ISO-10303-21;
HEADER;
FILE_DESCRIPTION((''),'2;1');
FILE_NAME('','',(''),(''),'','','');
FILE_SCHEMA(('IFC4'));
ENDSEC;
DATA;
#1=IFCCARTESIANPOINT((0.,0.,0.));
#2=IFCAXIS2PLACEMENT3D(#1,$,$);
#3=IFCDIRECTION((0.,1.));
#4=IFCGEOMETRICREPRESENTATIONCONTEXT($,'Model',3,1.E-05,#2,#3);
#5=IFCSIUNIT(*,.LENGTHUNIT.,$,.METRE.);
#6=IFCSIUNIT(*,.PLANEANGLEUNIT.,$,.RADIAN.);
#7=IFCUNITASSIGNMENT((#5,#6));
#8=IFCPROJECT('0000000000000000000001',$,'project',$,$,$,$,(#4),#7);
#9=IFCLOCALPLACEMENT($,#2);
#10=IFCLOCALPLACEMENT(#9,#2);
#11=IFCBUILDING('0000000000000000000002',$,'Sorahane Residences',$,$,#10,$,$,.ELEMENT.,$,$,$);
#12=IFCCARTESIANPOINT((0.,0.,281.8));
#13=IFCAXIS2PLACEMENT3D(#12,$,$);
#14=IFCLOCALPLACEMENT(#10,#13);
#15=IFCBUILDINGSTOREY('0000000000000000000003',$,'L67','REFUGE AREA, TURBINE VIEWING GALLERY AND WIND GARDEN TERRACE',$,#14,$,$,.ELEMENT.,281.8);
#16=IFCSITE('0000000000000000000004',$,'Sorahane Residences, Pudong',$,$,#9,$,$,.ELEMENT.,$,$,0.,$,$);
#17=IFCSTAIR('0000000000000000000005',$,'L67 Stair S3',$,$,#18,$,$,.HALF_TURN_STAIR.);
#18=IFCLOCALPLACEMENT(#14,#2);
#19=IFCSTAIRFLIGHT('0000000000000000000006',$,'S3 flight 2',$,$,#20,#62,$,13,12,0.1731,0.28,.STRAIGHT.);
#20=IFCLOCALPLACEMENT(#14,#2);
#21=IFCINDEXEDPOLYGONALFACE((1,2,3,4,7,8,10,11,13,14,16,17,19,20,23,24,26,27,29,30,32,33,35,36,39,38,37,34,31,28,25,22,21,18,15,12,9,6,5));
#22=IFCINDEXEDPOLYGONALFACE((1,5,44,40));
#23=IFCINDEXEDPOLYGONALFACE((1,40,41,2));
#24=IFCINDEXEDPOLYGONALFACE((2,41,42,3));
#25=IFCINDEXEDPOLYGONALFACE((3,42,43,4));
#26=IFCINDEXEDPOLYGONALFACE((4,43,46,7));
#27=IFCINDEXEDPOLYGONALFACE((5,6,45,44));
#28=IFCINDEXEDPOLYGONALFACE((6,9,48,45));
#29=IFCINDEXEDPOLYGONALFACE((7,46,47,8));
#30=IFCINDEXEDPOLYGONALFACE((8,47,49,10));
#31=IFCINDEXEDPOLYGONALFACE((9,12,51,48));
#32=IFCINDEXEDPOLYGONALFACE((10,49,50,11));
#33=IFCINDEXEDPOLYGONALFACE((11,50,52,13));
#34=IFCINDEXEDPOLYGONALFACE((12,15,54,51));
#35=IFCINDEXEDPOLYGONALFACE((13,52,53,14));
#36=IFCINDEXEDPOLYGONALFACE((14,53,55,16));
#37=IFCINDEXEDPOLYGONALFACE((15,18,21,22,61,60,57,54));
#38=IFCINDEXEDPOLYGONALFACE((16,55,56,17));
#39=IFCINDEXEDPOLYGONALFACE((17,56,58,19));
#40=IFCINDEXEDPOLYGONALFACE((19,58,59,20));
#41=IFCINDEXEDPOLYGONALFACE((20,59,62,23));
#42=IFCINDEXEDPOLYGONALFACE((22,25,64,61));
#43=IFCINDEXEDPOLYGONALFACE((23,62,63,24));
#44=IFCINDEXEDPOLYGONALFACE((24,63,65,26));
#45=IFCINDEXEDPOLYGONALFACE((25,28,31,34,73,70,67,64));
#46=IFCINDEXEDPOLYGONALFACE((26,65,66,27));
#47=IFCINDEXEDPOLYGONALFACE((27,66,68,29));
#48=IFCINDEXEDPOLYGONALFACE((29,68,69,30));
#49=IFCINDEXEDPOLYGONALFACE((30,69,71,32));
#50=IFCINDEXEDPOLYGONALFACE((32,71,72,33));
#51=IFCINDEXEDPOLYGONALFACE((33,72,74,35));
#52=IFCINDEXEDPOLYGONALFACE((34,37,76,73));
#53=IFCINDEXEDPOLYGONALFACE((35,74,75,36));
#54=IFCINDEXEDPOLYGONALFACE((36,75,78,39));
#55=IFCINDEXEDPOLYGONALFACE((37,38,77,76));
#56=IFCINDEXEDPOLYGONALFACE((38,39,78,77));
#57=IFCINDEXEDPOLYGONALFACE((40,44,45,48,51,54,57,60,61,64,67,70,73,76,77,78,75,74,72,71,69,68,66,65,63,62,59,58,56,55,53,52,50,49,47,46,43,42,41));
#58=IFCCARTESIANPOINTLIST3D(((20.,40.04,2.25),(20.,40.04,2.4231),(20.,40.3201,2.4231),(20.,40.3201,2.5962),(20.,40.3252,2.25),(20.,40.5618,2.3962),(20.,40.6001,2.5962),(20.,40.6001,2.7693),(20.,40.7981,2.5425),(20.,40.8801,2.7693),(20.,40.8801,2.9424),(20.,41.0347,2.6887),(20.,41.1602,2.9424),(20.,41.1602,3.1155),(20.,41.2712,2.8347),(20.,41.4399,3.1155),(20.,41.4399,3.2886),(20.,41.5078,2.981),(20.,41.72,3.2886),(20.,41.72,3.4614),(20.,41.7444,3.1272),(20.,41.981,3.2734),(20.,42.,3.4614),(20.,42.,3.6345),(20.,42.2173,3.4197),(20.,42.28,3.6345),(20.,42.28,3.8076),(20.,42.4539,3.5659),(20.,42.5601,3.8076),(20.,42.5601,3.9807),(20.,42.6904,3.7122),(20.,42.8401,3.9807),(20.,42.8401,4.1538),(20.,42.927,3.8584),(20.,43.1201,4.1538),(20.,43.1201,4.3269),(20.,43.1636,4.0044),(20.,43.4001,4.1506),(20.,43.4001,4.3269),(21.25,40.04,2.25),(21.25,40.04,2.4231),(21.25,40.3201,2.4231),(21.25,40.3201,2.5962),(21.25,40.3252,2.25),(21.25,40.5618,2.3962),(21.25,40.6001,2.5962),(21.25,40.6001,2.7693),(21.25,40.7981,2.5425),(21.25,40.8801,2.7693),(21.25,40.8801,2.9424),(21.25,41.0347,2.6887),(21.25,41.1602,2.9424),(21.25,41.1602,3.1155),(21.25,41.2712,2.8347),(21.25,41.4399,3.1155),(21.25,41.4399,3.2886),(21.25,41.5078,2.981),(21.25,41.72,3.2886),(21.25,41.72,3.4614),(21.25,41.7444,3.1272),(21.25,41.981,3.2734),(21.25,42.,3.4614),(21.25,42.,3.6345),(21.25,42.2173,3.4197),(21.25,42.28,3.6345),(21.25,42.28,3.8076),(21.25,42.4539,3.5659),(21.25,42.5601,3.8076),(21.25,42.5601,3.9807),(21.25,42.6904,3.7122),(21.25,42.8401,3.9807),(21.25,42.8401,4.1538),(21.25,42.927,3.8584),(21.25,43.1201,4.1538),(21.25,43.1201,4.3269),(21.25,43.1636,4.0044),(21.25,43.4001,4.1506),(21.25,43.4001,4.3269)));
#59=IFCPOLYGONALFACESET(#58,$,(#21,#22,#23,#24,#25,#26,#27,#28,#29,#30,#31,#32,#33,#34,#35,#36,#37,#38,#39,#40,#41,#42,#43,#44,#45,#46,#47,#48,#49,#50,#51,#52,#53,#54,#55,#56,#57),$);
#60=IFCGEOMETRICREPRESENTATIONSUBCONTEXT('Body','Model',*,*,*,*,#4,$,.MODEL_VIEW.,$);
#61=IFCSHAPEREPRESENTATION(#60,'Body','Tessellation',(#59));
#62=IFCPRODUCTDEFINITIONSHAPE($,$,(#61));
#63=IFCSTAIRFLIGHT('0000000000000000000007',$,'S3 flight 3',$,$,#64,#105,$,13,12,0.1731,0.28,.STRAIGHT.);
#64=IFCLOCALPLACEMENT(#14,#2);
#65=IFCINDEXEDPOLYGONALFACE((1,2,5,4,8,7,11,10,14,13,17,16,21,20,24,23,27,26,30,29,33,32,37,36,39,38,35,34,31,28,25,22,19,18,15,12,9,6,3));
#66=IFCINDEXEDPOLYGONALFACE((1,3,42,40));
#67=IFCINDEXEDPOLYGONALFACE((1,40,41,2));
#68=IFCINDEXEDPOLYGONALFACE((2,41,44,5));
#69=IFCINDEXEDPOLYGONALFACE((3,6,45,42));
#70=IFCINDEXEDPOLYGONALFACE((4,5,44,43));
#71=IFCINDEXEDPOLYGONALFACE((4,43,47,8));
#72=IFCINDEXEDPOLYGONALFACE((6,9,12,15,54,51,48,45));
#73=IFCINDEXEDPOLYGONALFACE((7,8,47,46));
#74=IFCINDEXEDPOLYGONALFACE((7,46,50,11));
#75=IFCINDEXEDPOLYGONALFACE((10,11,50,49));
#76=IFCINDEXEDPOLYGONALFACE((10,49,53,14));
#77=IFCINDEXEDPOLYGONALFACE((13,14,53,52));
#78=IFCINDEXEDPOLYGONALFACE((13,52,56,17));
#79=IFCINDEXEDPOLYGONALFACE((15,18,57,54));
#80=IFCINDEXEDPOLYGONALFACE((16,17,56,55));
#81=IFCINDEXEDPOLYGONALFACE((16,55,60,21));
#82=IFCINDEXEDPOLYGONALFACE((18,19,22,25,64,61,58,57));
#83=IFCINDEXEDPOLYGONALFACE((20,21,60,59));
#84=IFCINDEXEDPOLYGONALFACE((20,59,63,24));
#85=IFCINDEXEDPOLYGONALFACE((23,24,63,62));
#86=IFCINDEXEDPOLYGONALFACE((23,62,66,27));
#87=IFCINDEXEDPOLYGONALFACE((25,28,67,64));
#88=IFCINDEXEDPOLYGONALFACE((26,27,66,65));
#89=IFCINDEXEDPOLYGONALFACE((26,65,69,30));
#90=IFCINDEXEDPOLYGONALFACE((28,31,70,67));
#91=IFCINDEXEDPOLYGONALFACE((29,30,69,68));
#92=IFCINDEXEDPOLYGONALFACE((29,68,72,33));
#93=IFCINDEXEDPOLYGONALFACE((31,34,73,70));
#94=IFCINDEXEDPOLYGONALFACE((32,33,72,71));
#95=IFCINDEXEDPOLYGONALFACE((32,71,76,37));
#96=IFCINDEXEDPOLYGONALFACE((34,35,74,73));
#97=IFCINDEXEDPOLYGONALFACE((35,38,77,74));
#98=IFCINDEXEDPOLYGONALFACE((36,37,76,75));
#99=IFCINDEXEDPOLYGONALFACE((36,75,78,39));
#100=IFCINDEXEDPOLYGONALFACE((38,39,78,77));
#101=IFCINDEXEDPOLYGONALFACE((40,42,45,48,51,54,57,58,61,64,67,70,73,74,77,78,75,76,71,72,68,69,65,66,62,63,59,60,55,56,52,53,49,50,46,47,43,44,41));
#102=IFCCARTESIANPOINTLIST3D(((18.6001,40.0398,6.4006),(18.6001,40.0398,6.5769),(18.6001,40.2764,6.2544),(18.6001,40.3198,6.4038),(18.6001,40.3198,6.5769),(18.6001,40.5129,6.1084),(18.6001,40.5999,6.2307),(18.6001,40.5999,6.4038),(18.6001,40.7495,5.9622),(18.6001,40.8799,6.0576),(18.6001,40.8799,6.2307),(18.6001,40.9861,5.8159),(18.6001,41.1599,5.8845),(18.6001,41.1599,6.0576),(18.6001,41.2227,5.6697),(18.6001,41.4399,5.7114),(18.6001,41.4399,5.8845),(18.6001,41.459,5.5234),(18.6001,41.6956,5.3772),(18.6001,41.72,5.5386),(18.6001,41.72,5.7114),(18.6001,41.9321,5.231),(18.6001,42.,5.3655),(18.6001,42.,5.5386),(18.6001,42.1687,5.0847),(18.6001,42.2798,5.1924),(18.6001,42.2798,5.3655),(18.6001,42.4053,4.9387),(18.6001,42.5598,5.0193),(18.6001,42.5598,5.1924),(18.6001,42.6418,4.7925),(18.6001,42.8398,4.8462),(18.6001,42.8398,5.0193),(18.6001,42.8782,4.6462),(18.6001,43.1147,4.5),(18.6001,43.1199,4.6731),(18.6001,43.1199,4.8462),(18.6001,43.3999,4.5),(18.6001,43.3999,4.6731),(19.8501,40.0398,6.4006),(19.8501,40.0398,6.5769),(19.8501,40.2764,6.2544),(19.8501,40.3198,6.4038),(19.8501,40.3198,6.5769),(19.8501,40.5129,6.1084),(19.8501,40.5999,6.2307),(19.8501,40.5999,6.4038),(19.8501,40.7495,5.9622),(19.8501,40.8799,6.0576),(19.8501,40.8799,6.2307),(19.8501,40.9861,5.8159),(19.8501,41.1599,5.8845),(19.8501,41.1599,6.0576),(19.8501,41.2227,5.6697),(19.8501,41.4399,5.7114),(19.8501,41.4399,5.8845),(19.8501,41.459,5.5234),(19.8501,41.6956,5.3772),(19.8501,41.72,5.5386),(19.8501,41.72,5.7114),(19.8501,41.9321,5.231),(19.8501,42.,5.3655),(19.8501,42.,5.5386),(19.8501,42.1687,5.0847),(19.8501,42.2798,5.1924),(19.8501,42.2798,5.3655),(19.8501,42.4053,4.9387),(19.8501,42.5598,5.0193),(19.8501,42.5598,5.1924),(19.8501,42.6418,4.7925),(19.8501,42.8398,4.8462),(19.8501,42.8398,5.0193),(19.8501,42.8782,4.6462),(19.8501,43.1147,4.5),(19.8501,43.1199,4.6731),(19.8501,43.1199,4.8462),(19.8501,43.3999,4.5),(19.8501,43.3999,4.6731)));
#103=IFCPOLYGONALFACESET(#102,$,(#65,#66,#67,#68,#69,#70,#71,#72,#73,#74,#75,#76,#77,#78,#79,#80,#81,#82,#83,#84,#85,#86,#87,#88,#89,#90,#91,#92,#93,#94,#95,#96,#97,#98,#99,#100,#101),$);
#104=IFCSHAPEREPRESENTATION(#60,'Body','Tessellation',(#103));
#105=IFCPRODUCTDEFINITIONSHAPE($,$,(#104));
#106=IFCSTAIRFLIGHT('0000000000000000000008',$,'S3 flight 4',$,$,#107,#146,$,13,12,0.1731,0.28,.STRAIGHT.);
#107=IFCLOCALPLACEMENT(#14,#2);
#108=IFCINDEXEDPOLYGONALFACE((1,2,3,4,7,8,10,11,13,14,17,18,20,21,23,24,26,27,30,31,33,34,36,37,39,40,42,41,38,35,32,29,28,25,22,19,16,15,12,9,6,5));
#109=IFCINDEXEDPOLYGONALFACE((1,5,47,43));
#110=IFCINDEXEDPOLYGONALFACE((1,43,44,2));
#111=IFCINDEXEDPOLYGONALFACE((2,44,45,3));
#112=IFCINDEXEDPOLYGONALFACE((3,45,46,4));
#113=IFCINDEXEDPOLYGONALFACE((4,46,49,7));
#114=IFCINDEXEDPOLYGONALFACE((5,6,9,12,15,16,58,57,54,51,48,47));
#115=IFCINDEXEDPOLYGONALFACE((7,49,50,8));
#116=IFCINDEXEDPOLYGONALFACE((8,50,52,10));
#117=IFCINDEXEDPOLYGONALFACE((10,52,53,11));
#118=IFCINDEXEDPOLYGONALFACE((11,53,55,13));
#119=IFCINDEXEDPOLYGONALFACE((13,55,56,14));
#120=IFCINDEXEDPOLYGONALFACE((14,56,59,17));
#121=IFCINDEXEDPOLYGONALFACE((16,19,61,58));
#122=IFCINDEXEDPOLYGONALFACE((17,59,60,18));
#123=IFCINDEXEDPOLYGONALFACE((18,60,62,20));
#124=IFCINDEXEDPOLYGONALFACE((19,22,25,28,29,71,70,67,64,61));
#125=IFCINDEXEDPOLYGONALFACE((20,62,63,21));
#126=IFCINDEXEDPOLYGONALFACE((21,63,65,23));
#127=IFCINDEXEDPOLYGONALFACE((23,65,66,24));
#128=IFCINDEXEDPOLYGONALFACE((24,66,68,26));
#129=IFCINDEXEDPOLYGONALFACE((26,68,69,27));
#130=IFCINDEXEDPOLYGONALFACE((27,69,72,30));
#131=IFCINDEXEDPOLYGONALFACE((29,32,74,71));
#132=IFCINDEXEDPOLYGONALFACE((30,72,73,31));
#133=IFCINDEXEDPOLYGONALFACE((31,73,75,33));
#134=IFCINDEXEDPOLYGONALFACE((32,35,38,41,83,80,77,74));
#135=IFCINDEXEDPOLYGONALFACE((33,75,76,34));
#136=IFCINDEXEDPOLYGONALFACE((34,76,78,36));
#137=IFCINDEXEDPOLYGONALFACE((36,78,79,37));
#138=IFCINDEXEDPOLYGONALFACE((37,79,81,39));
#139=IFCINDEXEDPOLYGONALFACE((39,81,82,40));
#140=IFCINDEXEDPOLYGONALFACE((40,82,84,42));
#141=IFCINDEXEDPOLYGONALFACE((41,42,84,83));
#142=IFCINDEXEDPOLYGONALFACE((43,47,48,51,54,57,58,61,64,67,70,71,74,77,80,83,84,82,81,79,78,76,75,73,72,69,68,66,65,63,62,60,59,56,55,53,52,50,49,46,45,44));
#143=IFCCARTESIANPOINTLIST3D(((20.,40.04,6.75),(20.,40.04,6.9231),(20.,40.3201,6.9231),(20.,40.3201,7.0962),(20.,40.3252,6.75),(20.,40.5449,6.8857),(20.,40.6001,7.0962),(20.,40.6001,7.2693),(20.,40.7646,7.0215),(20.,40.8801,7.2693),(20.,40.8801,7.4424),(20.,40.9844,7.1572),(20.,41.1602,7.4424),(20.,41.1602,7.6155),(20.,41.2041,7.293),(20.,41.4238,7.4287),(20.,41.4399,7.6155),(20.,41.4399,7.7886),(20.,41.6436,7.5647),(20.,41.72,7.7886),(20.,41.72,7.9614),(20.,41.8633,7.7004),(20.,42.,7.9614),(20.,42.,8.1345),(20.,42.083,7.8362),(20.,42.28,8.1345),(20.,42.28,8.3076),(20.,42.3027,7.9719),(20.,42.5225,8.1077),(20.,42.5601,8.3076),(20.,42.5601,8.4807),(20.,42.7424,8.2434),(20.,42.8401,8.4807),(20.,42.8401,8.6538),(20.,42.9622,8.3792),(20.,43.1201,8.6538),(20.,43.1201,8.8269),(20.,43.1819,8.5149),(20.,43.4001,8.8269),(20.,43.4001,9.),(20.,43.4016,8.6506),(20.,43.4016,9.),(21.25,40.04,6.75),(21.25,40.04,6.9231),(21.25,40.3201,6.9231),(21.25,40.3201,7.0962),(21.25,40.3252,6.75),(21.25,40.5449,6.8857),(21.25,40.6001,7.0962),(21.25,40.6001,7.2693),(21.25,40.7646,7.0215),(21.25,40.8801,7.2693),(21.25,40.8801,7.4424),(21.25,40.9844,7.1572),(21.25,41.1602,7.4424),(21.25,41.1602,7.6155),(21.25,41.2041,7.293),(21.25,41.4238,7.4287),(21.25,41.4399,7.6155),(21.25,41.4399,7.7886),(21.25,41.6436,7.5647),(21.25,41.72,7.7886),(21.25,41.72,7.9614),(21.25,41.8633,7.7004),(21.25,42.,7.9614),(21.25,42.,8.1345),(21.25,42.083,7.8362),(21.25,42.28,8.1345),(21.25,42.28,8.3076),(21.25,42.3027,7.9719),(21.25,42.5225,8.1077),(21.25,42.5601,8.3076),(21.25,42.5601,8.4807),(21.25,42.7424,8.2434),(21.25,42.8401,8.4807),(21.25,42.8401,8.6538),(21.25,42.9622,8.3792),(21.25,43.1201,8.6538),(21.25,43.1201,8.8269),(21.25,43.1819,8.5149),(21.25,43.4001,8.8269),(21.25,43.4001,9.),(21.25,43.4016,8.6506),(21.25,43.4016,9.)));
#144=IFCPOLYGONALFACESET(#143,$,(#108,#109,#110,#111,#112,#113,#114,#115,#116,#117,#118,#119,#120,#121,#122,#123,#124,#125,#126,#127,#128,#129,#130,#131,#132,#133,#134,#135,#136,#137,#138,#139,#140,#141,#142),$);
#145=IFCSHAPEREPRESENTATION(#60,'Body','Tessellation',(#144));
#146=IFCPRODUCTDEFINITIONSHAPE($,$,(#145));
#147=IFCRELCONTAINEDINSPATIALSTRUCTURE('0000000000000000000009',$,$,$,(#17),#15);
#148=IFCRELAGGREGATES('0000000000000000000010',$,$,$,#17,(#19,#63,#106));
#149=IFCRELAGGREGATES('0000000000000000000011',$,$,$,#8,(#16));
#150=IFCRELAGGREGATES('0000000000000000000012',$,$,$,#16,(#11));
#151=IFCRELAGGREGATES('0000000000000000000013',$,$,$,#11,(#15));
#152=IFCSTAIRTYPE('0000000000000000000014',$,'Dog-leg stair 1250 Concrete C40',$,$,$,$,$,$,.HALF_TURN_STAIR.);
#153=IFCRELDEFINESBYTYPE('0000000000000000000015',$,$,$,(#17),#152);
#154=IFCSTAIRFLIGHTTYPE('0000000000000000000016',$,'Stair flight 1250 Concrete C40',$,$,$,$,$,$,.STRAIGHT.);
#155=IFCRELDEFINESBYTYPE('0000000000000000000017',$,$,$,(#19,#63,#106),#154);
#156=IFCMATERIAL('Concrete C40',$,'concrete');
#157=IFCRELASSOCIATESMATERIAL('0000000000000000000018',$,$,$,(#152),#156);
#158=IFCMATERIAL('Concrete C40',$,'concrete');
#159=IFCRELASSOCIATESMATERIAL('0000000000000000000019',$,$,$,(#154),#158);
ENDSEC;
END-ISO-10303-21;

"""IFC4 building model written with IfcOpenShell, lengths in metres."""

from ifc_helpers import new_model, si_unit, direction, frame, origin, place, context, subcontext, project, spatial, polyline, outline, extrude, material, type_object, element, aggregate, save


model = new_model("IFC4")

# Units and contexts
model_context = context("Model", 3, precision=1e-05, world=origin(), true_north=direction((0.0, 1.0)))
body_context = subcontext(model_context, "Body", "Model", "MODEL_VIEW")
ifc_project = project(units=[si_unit("LENGTHUNIT", "METRE"), si_unit("PLANEANGLEUNIT", "RADIAN")], contexts=[model_context])

# Site, building, storey
site_placement = place(None, origin())
site = spatial("IfcSite", under=ifc_project, at=site_placement, Name="Sorahane Residences, Pudong", CompositionType="ELEMENT", RefElevation=0.0)
building_placement = place(site_placement, origin())
building = spatial("IfcBuilding", under=site, at=building_placement, Name="Sorahane Residences", CompositionType="ELEMENT")
storey_placement = place(building_placement, frame((0.0, 0.0, 281.8)))
storey = spatial("IfcBuildingStorey", under=building, at=storey_placement, Name="L67", Description="REFUGE AREA, TURBINE VIEWING GALLERY AND WIND GARDEN TERRACE", CompositionType="ELEMENT", Elevation=281.8)

# Stair, stair flights
ifc_material_1 = material(Name="Concrete C40", Category="concrete")
stair_type = type_object("IfcStairType", Name="Dog-leg stair 1250 Concrete C40", PredefinedType="HALF_TURN_STAIR", material=ifc_material_1)
stair_placement = place(storey_placement, origin())
stair = element("IfcStair", 1, at=stair_placement, inside=storey, type_object=stair_type, Name="L67 Stair S3", PredefinedType="HALF_TURN_STAIR")
ifc_material_2 = material(Name="Concrete C40", Category="concrete")
stair_flight_type = type_object("IfcStairFlightType", Name="Stair flight 1250 Concrete C40", PredefinedType="STRAIGHT", material=ifc_material_2)
stair_flight_1_placement = place(storey_placement, frame((20.625, 40.04, 2.25), z_axis=(0.0, 0.0, 1.0), x_axis=(0.0, 1.0, 0.0)))
stair_flight_1 = element("IfcStairFlight", 2, at=stair_flight_1_placement, type_object=stair_flight_type, Name="S3 flight 2", NumberOfRisers=13, NumberOfTreads=12, PredefinedType="STRAIGHT", RiserHeight=0.1731, TreadLength=0.28, context=body_context, shape_type="SweptSolid", body=[
    extrude(outline(polyline([(0.0, 0.0), (0.0, 0.1731), (0.28, 0.1731), (0.28, 0.3462), (0.5601, 0.3462), (0.5601, 0.5193), (0.8401, 0.5193), (0.8401, 0.6924), (1.1201, 0.6924), (1.1201, 0.8655), (1.3999, 0.8655), (1.3999, 1.0386), (1.6799, 1.0386), (1.6799, 1.2114), (1.96, 1.2114), (1.96, 1.3845), (2.24, 1.3845), (2.24, 1.5576), (2.52, 1.5576), (2.52, 1.7307), (2.8, 1.7307), (2.8, 1.9038), (3.0801, 1.9038), (3.0801, 2.0769), (3.3601, 2.0769), (3.3601, 2.25), (3.3601, 1.9006), (3.1235, 1.7544), (2.887, 1.6084), (2.6504, 1.4622), (2.4138, 1.3159), (2.1772, 1.1697), (1.9409, 1.0234), (1.7043, 0.8772), (1.4678, 0.731), (1.2312, 0.5847), (0.9946, 0.4387), (0.7581, 0.2925), (0.5217, 0.1462), (0.2852, 0.0), (0.0, 0.0)])), frame((0.0, 0.625, 0.0), z_axis=(0.0, -1.0, 0.0), x_axis=(1.0, 0.0, 0.0)), (0.0, 0.0, 1.0), 1.25),
])
stair_flight_2_placement = place(storey_placement, frame((19.2251, 43.3999, 4.5), z_axis=(0.0, 0.0, 1.0), x_axis=(0.0, -1.0, 0.0)))
stair_flight_2 = element("IfcStairFlight", 3, at=stair_flight_2_placement, type_object=stair_flight_type, Name="S3 flight 3", NumberOfRisers=13, NumberOfTreads=12, PredefinedType="STRAIGHT", RiserHeight=0.1731, TreadLength=0.28, context=body_context, shape_type="SweptSolid", body=[
    extrude(outline(polyline([(0.0, 0.0), (0.0, 0.1731), (0.28, 0.1731), (0.28, 0.3462), (0.5601, 0.3462), (0.5601, 0.5193), (0.8401, 0.5193), (0.8401, 0.6924), (1.1201, 0.6924), (1.1201, 0.8655), (1.3999, 0.8655), (1.3999, 1.0386), (1.6799, 1.0386), (1.6799, 1.2114), (1.96, 1.2114), (1.96, 1.3845), (2.24, 1.3845), (2.24, 1.5576), (2.52, 1.5576), (2.52, 1.7307), (2.8, 1.7307), (2.8, 1.9038), (3.0801, 1.9038), (3.0801, 2.0769), (3.3601, 2.0769), (3.3601, 2.25), (3.3601, 1.9006), (3.1235, 1.7544), (2.887, 1.6084), (2.6504, 1.4622), (2.4138, 1.3159), (2.1772, 1.1697), (1.9409, 1.0234), (1.7043, 0.8772), (1.4678, 0.731), (1.2312, 0.5847), (0.9946, 0.4387), (0.7581, 0.2925), (0.5217, 0.1462), (0.2852, 0.0), (0.0, 0.0)])), frame((0.0, 0.625, 0.0), z_axis=(0.0, -1.0, 0.0), x_axis=(1.0, 0.0, 0.0)), (0.0, 0.0, 1.0), 1.25),
])
stair_flight_3_placement = place(storey_placement, frame((20.625, 40.04, 6.75), z_axis=(0.0, 0.0, 1.0), x_axis=(0.0, 1.0, 0.0)))
stair_flight_3 = element("IfcStairFlight", 4, at=stair_flight_3_placement, type_object=stair_flight_type, Name="S3 flight 4", NumberOfRisers=13, NumberOfTreads=12, PredefinedType="STRAIGHT", RiserHeight=0.1731, TreadLength=0.28, context=body_context, shape_type="SweptSolid", body=[
    extrude(outline(polyline([(0.0, 0.0), (0.0, 0.1731), (0.28, 0.1731), (0.28, 0.3462), (0.5601, 0.3462), (0.5601, 0.5193), (0.8401, 0.5193), (0.8401, 0.6924), (1.1201, 0.6924), (1.1201, 0.8655), (1.3999, 0.8655), (1.3999, 1.0386), (1.6799, 1.0386), (1.6799, 1.2114), (1.96, 1.2114), (1.96, 1.3845), (2.24, 1.3845), (2.24, 1.5576), (2.52, 1.5576), (2.52, 1.7307), (2.8, 1.7307), (2.8, 1.9038), (3.0801, 1.9038), (3.0801, 2.0769), (3.3601, 2.0769), (3.3601, 2.25), (3.3616, 2.25), (3.3616, 1.9006), (3.1418, 1.7649), (2.9221, 1.6292), (2.7024, 1.4934), (2.4824, 1.3577), (2.2627, 1.2219), (2.043, 1.0862), (1.8232, 0.9504), (1.6035, 0.8147), (1.3838, 0.6787), (1.1641, 0.543), (0.9443, 0.4072), (0.7246, 0.2715), (0.5049, 0.1357), (0.2852, 0.0), (0.0, 0.0)])), frame((0.0, 0.625, 0.0), z_axis=(0.0, -1.0, 0.0), x_axis=(1.0, 0.0, 0.0)), (0.0, 0.0, 1.0), 1.25),
])
aggregate(stair, [stair_flight_1, stair_flight_2, stair_flight_3])

save(model, "model.ifc")
